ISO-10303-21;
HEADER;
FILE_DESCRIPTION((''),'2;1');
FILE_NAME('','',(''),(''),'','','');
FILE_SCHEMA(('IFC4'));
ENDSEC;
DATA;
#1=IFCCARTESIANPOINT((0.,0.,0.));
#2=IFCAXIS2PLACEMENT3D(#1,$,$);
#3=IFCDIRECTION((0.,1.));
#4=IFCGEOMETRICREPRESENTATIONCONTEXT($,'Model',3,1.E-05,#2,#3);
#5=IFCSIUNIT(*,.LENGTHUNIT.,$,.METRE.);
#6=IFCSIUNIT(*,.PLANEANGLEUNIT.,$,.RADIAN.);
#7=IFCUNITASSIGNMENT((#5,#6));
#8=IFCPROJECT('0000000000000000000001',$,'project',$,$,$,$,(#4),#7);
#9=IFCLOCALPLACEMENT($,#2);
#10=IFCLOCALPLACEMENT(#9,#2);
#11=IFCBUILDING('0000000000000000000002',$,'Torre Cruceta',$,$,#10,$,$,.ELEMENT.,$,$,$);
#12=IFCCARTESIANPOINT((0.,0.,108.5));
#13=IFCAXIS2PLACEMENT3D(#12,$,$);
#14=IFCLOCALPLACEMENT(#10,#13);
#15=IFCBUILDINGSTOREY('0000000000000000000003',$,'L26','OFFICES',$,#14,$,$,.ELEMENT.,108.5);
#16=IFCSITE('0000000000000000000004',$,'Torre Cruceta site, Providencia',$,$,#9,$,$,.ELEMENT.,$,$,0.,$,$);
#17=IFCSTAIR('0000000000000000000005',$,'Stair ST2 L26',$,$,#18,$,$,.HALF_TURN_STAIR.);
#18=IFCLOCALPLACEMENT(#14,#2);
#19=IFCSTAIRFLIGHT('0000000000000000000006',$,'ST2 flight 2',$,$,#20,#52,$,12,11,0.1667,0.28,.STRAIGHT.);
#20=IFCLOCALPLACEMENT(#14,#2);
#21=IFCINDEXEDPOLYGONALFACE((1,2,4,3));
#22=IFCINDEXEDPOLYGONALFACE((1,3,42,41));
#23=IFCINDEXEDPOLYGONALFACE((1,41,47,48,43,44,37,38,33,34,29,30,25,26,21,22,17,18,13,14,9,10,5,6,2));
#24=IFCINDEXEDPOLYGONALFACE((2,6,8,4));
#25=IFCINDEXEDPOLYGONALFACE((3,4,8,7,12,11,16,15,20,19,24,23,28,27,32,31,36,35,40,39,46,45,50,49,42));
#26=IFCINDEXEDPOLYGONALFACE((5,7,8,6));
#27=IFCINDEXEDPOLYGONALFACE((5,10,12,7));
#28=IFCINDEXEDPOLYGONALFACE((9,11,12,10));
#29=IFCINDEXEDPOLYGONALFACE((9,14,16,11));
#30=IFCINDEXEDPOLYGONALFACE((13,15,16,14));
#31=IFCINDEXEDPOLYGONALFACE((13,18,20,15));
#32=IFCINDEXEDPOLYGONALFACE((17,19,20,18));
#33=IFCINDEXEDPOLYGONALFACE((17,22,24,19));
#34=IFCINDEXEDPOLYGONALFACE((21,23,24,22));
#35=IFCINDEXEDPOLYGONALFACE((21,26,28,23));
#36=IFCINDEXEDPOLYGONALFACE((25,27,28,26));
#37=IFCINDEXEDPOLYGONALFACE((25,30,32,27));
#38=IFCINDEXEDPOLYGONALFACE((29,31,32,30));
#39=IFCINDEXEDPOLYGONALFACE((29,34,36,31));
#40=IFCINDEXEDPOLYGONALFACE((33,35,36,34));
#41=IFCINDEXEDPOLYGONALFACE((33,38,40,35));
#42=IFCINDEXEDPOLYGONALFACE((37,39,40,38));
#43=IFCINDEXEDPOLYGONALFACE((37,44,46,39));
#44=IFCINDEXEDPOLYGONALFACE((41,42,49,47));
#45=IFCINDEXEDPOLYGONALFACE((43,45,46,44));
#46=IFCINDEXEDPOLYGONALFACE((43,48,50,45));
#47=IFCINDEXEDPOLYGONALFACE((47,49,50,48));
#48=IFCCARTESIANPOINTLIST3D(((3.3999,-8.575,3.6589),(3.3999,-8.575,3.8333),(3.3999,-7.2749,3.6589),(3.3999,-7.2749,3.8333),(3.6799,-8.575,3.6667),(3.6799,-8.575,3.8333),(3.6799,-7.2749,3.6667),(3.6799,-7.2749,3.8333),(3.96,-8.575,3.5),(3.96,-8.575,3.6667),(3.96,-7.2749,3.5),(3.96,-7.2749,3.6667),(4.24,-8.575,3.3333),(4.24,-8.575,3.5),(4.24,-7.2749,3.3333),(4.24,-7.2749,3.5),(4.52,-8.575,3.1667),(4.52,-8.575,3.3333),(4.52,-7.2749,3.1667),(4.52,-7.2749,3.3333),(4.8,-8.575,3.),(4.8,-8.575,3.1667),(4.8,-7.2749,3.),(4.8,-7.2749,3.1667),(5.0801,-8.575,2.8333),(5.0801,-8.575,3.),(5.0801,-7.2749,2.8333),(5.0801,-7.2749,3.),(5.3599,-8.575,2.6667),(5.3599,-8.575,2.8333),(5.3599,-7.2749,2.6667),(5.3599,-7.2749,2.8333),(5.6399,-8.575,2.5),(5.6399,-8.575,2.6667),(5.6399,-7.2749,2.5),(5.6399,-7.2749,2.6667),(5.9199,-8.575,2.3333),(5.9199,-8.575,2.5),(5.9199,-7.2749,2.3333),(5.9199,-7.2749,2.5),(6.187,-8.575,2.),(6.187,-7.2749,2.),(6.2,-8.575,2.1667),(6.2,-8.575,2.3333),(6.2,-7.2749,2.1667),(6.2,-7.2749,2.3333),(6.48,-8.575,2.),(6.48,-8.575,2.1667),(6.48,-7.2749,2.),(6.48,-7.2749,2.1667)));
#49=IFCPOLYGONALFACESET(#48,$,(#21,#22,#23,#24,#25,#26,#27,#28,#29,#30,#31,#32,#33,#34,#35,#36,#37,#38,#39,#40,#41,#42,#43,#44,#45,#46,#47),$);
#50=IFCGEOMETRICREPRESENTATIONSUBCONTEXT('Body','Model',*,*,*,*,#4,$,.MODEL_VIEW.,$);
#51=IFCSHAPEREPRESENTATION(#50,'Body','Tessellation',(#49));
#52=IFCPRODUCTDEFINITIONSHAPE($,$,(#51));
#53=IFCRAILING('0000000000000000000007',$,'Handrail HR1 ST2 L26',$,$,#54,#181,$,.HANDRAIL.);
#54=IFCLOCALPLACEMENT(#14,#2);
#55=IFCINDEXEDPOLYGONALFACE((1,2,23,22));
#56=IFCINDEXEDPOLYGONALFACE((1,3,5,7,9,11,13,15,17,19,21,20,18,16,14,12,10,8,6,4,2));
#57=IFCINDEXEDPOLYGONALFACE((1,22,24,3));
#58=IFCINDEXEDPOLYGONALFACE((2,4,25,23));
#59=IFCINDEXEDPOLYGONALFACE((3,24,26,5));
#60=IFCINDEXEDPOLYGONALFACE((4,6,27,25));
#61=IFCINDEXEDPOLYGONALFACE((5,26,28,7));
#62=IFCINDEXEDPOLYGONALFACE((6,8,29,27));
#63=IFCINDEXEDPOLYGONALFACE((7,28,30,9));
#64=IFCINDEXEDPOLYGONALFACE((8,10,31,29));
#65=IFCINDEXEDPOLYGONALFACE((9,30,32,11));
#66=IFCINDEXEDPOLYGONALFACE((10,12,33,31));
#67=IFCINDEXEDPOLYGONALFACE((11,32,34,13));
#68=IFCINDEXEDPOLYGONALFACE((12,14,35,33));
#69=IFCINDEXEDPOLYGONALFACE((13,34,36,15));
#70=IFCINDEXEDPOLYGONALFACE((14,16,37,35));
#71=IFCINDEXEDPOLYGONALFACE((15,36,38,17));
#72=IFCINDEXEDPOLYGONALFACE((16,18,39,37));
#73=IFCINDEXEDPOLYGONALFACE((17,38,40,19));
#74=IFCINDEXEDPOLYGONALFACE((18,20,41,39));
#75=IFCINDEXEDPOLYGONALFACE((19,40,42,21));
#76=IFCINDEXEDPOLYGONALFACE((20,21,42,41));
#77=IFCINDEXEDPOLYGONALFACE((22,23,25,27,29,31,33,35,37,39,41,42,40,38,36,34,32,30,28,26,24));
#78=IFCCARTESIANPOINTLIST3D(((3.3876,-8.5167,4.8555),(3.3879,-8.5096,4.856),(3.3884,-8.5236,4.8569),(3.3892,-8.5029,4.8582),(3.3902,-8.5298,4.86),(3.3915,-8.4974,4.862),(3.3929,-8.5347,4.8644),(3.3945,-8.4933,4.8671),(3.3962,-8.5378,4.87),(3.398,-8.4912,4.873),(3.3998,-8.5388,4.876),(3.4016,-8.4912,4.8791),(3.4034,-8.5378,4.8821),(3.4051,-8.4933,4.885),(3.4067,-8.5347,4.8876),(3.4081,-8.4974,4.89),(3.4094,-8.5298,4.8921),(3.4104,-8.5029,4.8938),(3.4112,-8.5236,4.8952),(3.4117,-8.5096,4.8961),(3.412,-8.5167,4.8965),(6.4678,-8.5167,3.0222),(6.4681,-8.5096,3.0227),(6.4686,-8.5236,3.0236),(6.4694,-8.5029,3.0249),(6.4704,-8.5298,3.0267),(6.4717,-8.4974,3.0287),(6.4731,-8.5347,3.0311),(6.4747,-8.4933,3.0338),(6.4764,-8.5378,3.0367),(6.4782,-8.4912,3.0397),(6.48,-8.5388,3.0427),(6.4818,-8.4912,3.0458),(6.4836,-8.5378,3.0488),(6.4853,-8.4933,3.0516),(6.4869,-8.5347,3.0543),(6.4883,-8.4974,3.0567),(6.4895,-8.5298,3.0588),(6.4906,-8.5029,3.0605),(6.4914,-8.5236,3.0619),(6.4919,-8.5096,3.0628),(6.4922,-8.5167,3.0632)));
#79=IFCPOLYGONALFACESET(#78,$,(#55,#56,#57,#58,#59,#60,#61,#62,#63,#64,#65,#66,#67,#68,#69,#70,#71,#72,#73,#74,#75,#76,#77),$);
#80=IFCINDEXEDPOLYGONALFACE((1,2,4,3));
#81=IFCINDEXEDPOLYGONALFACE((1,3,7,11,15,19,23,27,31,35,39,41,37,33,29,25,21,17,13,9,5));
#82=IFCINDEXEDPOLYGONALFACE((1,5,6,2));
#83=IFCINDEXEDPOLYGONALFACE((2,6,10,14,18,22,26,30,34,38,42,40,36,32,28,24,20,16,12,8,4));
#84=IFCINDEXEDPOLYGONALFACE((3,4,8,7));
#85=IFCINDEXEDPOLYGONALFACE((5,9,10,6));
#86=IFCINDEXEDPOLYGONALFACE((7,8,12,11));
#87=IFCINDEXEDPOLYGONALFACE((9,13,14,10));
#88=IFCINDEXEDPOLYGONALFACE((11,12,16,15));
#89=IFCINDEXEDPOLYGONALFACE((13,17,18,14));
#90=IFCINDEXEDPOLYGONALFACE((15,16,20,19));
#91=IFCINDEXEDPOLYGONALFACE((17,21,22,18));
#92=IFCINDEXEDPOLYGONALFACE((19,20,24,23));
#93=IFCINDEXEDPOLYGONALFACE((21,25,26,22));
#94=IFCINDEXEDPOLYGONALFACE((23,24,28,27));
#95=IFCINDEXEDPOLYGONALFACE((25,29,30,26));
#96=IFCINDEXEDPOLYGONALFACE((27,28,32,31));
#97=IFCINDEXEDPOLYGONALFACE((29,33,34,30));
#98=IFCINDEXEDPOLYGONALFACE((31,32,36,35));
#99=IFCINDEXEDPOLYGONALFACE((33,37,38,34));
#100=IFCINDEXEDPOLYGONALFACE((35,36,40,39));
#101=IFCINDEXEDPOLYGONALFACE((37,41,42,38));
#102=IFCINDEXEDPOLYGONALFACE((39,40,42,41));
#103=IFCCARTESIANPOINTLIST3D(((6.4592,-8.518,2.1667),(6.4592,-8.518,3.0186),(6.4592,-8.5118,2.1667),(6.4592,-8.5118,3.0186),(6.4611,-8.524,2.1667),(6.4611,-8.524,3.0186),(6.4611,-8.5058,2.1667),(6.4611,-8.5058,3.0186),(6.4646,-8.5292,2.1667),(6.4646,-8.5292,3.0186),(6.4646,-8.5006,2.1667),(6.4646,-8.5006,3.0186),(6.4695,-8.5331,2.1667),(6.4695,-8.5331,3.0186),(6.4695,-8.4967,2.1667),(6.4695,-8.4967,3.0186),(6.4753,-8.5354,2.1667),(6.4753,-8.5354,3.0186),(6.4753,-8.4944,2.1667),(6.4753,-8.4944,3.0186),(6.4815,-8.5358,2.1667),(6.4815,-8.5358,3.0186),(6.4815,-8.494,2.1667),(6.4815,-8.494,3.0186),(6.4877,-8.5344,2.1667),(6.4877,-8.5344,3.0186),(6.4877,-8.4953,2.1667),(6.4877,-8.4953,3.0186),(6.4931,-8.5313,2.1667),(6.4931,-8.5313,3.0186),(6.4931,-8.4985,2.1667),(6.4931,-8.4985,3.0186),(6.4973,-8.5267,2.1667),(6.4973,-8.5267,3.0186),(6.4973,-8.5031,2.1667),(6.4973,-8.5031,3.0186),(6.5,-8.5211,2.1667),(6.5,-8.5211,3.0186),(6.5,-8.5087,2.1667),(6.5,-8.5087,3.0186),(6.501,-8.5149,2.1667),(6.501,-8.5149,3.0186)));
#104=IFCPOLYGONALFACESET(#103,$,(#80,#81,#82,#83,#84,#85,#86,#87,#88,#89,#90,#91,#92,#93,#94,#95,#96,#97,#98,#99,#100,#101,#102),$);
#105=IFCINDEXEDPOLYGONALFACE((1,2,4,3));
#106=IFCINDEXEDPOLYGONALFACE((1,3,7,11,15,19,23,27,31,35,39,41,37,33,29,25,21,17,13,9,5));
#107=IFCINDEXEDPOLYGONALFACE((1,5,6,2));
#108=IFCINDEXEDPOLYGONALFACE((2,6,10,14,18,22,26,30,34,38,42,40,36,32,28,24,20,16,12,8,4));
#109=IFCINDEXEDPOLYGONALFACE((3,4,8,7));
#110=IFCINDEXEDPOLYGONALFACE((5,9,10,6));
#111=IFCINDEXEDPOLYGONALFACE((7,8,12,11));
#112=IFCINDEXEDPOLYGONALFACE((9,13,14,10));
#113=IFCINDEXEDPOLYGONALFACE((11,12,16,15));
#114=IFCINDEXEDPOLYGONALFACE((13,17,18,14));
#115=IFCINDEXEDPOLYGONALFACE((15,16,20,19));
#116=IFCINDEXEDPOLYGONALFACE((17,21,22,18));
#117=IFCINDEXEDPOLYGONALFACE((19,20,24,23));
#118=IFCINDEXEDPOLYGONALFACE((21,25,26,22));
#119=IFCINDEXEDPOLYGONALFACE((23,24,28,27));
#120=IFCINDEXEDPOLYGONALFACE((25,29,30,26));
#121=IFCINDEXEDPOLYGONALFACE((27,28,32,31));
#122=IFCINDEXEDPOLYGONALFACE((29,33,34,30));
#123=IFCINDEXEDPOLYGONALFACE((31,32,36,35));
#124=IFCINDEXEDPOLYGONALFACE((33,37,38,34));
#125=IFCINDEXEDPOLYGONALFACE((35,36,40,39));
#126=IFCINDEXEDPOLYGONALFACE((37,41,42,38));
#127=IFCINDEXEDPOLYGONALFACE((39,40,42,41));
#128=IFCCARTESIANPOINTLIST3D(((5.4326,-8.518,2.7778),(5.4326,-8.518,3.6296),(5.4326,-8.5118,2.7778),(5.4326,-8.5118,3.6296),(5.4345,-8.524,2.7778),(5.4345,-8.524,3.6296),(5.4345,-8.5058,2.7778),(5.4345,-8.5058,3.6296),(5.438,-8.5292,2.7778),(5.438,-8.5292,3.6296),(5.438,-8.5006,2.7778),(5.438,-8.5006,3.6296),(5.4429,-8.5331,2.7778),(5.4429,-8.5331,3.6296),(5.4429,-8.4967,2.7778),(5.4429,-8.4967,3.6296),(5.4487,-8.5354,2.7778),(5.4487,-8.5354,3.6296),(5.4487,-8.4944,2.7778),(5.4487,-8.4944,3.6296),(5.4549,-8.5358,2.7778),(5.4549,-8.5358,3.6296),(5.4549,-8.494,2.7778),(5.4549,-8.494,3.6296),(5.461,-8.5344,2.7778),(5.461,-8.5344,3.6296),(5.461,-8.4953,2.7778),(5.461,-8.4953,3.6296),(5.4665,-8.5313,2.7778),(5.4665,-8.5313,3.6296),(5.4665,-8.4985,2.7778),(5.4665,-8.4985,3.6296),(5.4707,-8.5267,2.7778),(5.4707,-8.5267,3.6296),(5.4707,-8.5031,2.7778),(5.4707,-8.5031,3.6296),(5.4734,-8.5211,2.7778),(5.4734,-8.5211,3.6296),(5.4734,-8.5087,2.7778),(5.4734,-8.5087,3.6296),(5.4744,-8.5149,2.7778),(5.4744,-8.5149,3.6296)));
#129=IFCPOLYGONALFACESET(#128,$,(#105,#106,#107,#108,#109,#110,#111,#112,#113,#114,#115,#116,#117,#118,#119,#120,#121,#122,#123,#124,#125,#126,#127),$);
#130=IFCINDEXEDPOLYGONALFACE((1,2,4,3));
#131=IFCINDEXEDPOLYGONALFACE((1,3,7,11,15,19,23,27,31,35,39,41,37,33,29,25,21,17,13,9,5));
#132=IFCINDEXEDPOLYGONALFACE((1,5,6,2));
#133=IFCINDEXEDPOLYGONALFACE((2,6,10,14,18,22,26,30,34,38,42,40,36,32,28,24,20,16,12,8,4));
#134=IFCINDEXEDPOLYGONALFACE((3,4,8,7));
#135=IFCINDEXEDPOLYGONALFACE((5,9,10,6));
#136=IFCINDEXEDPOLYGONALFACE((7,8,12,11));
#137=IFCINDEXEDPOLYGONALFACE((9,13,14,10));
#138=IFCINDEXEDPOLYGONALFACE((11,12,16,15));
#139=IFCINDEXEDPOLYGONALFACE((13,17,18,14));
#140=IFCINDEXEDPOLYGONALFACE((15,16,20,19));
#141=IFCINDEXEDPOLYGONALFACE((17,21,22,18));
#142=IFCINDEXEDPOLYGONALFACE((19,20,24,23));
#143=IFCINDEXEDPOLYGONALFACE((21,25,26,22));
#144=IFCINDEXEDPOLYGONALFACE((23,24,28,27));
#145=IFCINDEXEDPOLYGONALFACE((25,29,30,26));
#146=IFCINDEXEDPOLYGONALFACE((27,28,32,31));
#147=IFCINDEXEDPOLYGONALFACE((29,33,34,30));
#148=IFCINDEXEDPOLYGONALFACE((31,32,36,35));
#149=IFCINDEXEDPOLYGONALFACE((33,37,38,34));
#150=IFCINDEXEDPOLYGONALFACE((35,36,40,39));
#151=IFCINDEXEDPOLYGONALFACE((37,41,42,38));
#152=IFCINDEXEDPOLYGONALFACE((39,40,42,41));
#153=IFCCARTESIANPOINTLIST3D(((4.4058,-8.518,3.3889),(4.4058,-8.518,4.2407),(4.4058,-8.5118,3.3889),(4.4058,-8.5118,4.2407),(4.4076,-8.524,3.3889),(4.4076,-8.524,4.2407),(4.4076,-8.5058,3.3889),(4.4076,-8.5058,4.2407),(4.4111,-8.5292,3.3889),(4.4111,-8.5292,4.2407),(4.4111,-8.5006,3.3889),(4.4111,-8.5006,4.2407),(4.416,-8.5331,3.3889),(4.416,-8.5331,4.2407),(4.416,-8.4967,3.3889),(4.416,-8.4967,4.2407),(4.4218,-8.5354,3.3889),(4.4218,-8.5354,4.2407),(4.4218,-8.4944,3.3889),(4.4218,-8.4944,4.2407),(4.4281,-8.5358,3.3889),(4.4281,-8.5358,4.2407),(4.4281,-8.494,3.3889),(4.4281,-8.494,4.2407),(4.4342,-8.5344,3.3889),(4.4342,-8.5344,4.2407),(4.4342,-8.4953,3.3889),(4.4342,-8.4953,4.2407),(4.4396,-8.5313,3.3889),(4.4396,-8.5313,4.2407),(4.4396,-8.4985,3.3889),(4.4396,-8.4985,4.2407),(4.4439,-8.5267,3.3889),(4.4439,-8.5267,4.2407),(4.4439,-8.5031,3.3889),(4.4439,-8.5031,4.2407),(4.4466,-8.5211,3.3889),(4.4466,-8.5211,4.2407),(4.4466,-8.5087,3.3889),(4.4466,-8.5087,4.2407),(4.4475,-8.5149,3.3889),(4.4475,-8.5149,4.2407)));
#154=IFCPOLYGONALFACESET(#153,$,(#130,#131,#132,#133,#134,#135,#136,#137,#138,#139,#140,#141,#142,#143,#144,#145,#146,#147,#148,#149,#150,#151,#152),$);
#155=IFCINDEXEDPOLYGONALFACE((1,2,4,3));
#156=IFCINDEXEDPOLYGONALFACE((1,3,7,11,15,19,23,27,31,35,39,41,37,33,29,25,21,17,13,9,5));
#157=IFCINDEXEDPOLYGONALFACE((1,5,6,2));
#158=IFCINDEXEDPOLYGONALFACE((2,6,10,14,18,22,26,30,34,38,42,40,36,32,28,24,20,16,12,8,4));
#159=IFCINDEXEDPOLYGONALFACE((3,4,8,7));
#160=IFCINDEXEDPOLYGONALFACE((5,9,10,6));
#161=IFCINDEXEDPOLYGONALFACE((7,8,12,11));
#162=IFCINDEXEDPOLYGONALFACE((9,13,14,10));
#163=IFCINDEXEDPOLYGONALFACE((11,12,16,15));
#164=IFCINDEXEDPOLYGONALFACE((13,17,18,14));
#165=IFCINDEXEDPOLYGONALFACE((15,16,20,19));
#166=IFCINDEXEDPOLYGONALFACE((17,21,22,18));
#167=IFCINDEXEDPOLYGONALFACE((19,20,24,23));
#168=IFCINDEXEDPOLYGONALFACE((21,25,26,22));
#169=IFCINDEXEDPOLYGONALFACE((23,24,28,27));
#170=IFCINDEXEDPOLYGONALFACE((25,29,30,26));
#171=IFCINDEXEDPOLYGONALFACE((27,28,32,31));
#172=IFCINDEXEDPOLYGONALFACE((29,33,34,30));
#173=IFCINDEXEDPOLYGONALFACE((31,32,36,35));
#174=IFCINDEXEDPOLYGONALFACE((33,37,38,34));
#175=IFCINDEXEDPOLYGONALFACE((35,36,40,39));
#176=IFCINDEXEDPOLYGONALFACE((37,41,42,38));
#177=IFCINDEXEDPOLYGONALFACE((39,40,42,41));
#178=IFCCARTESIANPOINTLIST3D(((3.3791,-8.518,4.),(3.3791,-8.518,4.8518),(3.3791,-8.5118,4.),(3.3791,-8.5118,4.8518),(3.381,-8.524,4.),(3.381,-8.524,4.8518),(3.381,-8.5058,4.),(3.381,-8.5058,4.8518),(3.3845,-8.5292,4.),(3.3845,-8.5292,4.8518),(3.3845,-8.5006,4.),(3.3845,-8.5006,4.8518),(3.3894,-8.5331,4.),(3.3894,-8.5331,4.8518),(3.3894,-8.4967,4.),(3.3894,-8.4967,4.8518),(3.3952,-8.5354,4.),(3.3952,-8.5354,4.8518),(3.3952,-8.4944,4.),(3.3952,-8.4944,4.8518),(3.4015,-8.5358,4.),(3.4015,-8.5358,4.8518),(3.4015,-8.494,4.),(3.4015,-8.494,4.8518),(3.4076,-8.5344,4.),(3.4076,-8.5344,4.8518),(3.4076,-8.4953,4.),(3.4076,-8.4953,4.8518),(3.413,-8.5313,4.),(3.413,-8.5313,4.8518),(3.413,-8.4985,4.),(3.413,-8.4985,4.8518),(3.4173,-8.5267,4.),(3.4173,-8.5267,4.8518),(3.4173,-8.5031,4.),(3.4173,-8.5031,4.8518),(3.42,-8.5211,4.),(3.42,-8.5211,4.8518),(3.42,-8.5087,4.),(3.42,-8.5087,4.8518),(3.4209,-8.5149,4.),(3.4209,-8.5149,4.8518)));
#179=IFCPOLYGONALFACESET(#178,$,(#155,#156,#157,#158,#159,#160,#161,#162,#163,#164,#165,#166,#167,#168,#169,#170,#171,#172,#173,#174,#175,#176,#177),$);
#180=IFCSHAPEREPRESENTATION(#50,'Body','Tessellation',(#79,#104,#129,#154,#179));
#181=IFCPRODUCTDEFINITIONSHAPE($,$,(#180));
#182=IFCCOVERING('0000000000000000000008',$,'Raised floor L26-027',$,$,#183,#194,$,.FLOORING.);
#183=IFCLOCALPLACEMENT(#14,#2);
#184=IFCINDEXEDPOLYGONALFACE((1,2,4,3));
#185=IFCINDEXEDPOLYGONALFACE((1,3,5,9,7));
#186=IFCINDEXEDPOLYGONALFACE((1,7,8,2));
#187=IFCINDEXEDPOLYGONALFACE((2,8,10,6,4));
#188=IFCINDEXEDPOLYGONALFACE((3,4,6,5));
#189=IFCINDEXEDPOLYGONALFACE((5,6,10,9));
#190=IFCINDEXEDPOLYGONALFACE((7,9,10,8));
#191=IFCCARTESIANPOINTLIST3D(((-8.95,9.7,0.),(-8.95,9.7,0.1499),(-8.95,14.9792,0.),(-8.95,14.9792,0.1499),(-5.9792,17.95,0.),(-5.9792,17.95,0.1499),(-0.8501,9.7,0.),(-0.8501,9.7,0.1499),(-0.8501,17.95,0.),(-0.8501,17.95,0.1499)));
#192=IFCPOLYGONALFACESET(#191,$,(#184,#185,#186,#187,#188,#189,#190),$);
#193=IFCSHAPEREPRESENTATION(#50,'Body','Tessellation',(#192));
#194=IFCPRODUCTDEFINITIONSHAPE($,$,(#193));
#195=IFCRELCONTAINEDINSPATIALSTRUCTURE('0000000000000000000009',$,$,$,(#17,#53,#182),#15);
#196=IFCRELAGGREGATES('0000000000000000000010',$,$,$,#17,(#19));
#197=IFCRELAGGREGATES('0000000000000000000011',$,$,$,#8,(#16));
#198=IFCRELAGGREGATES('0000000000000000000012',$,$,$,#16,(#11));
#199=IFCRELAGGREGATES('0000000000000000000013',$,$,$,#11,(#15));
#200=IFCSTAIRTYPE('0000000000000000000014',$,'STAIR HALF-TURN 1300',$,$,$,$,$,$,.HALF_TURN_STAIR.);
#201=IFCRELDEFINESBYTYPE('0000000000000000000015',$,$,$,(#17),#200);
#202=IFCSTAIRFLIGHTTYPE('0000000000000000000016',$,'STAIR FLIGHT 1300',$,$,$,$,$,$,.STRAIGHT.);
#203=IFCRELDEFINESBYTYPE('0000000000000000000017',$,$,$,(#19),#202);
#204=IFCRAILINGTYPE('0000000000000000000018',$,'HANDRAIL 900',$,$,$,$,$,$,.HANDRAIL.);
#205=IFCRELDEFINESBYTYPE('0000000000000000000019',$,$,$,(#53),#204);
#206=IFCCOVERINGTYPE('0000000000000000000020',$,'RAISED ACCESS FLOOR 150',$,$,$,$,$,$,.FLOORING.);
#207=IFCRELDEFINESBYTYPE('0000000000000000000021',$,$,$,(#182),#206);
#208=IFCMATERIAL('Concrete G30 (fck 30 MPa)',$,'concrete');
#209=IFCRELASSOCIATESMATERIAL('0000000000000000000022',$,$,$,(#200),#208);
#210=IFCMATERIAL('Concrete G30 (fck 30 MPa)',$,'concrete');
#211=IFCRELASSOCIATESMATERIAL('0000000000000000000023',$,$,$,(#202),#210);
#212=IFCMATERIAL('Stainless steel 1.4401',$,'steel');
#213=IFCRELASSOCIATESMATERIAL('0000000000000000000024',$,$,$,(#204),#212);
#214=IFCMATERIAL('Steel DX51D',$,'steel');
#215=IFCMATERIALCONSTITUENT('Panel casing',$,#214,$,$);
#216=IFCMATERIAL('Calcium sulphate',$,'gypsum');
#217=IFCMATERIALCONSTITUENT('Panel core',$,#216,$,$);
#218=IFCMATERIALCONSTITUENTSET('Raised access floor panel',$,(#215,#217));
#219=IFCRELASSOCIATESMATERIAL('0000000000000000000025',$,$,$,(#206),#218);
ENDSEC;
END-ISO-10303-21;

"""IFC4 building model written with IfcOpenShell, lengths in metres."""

from ifc_helpers import new_model, si_unit, direction, frame, origin, origin_2d, place, context, subcontext, project, spatial, polyline, circle, outline, extrude, material, constituent, constituent_set, type_object, element, aggregate, save


model = new_model("IFC4")

# Units and contexts
model_context = context("Model", 3, precision=1e-05, world=origin(), true_north=direction((0.0, 1.0)))
body_context = subcontext(model_context, "Body", "Model", "MODEL_VIEW")
ifc_project = project(units=[si_unit("LENGTHUNIT", "METRE"), si_unit("PLANEANGLEUNIT", "RADIAN")], contexts=[model_context])

# Site, building, storey
site_placement = place(None, origin())
site = spatial("IfcSite", under=ifc_project, at=site_placement, Name="Torre Cruceta site, Providencia", CompositionType="ELEMENT", RefElevation=0.0)
building_placement = place(site_placement, origin())
building = spatial("IfcBuilding", under=site, at=building_placement, Name="Torre Cruceta", CompositionType="ELEMENT")
storey_placement = place(building_placement, frame((0.0, 0.0, 108.5)))
storey = spatial("IfcBuildingStorey", under=building, at=storey_placement, Name="L26", Description="OFFICES", CompositionType="ELEMENT", Elevation=108.5)

# Stair, stair flight
ifc_material_1 = material(Name="Concrete G30 (fck 30 MPa)", Category="concrete")
stair_type = type_object("IfcStairType", Name="STAIR HALF-TURN 1300", PredefinedType="HALF_TURN_STAIR", material=ifc_material_1)
stair_placement = place(storey_placement, origin())
stair = element("IfcStair", 1, at=stair_placement, inside=storey, type_object=stair_type, Name="Stair ST2 L26", PredefinedType="HALF_TURN_STAIR")
ifc_material_2 = material(Name="Concrete G30 (fck 30 MPa)", Category="concrete")
stair_flight_type = type_object("IfcStairFlightType", Name="STAIR FLIGHT 1300", PredefinedType="STRAIGHT", material=ifc_material_2)
stair_flight_1_placement = place(storey_placement, frame((6.48, -7.925, 2.0), z_axis=(0.0, 0.0, 1.0), x_axis=(-1.0, 0.0, 0.0)))
stair_flight_1 = element("IfcStairFlight", 2, at=stair_flight_1_placement, type_object=stair_flight_type, Name="ST2 flight 2", NumberOfRisers=12, NumberOfTreads=11, PredefinedType="STRAIGHT", RiserHeight=0.1667, TreadLength=0.28, context=body_context, shape_type="SweptSolid", body=[
    extrude(outline(polyline([(0.0, 0.0), (0.0, 0.1667), (0.28, 0.1667), (0.28, 0.3333), (0.5601, 0.3333), (0.5601, 0.5), (0.8401, 0.5), (0.8401, 0.6667), (1.1201, 0.6667), (1.1201, 0.8333), (1.3999, 0.8333), (1.3999, 1.0), (1.6799, 1.0), (1.6799, 1.1667), (1.96, 1.1667), (1.96, 1.3333), (2.24, 1.3333), (2.24, 1.5), (2.52, 1.5), (2.52, 1.6667), (2.8, 1.6667), (2.8, 1.8333), (3.0801, 1.8333), (3.0801, 2.0), (3.0801, 1.6589), (0.293, 0.0), (0.0, 0.0)])), frame((0.0, 0.6499, 0.0), z_axis=(0.0, -1.0, 0.0), x_axis=(1.0, 0.0, 0.0)), (0.0, 0.0, 1.0), 1.3),
])
aggregate(stair, [stair_flight_1])

# Railing
ifc_material_3 = material(Name="Stainless steel 1.4401", Category="steel")
railing_type = type_object("IfcRailingType", Name="HANDRAIL 900", PredefinedType="HANDRAIL", material=ifc_material_3)
railing_1_placement = place(storey_placement, frame((6.48, -8.5149, 2.1667)))
element("IfcRailing", 3, at=railing_1_placement, inside=storey, type_object=railing_type, Name="Handrail HR1 ST2 L26", PredefinedType="HANDRAIL", context=body_context, shape_type="SweptSolid", body=[
    extrude(circle(Radius=0.0239, at=origin_2d()), frame((0.0, 0.0, 0.876), z_axis=(-0.859309, 0.0, 0.511458), x_axis=(0.0, -1.0, 0.0)), (0.0, 0.0, 1.0), 3.5845),
    extrude(circle(Radius=0.021, at=origin_2d()), origin(), (0.0, 0.0, 1.0), 0.8518),
    extrude(circle(Radius=0.021, at=origin_2d()), frame((-1.0266, 0.0, 0.6111)), (0.0, 0.0, 1.0), 0.8518),
    extrude(circle(Radius=0.021, at=origin_2d()), frame((-2.0535, 0.0, 1.2222)), (0.0, 0.0, 1.0), 0.8518),
    extrude(circle(Radius=0.021, at=origin_2d()), frame((-3.0801, 0.0, 1.8333)), (0.0, 0.0, 1.0), 0.8518),
])

# Covering
ifc_material_4 = material(Name="Steel DX51D", Category="steel")
ifc_constituent_1 = constituent(ifc_material_4, Name="Panel casing")
ifc_material_5 = material(Name="Calcium sulphate", Category="gypsum")
ifc_constituent_2 = constituent(ifc_material_5, Name="Panel core")
ifc_constituent_set_1 = constituent_set(constituents=[ifc_constituent_1, ifc_constituent_2], Name="Raised access floor panel")
covering_type_1 = type_object("IfcCoveringType", Name="RAISED ACCESS FLOOR 150", PredefinedType="FLOORING", material=ifc_constituent_set_1)
covering_1_placement = place(storey_placement, origin())
element("IfcCovering", 4, at=covering_1_placement, inside=storey, type_object=covering_type_1, Name="Raised floor L26-027", PredefinedType="FLOORING", context=body_context, shape_type="SweptSolid", body=[
    extrude(outline(polyline([(-8.95, 9.7), (-8.95, 14.9792), (-5.9792, 17.95), (-0.8501, 17.95), (-0.8501, 9.7), (-8.95, 9.7)])), origin(), (0.0, 0.0, 1.0), 0.1499),
])

save(model, "model.ifc")
